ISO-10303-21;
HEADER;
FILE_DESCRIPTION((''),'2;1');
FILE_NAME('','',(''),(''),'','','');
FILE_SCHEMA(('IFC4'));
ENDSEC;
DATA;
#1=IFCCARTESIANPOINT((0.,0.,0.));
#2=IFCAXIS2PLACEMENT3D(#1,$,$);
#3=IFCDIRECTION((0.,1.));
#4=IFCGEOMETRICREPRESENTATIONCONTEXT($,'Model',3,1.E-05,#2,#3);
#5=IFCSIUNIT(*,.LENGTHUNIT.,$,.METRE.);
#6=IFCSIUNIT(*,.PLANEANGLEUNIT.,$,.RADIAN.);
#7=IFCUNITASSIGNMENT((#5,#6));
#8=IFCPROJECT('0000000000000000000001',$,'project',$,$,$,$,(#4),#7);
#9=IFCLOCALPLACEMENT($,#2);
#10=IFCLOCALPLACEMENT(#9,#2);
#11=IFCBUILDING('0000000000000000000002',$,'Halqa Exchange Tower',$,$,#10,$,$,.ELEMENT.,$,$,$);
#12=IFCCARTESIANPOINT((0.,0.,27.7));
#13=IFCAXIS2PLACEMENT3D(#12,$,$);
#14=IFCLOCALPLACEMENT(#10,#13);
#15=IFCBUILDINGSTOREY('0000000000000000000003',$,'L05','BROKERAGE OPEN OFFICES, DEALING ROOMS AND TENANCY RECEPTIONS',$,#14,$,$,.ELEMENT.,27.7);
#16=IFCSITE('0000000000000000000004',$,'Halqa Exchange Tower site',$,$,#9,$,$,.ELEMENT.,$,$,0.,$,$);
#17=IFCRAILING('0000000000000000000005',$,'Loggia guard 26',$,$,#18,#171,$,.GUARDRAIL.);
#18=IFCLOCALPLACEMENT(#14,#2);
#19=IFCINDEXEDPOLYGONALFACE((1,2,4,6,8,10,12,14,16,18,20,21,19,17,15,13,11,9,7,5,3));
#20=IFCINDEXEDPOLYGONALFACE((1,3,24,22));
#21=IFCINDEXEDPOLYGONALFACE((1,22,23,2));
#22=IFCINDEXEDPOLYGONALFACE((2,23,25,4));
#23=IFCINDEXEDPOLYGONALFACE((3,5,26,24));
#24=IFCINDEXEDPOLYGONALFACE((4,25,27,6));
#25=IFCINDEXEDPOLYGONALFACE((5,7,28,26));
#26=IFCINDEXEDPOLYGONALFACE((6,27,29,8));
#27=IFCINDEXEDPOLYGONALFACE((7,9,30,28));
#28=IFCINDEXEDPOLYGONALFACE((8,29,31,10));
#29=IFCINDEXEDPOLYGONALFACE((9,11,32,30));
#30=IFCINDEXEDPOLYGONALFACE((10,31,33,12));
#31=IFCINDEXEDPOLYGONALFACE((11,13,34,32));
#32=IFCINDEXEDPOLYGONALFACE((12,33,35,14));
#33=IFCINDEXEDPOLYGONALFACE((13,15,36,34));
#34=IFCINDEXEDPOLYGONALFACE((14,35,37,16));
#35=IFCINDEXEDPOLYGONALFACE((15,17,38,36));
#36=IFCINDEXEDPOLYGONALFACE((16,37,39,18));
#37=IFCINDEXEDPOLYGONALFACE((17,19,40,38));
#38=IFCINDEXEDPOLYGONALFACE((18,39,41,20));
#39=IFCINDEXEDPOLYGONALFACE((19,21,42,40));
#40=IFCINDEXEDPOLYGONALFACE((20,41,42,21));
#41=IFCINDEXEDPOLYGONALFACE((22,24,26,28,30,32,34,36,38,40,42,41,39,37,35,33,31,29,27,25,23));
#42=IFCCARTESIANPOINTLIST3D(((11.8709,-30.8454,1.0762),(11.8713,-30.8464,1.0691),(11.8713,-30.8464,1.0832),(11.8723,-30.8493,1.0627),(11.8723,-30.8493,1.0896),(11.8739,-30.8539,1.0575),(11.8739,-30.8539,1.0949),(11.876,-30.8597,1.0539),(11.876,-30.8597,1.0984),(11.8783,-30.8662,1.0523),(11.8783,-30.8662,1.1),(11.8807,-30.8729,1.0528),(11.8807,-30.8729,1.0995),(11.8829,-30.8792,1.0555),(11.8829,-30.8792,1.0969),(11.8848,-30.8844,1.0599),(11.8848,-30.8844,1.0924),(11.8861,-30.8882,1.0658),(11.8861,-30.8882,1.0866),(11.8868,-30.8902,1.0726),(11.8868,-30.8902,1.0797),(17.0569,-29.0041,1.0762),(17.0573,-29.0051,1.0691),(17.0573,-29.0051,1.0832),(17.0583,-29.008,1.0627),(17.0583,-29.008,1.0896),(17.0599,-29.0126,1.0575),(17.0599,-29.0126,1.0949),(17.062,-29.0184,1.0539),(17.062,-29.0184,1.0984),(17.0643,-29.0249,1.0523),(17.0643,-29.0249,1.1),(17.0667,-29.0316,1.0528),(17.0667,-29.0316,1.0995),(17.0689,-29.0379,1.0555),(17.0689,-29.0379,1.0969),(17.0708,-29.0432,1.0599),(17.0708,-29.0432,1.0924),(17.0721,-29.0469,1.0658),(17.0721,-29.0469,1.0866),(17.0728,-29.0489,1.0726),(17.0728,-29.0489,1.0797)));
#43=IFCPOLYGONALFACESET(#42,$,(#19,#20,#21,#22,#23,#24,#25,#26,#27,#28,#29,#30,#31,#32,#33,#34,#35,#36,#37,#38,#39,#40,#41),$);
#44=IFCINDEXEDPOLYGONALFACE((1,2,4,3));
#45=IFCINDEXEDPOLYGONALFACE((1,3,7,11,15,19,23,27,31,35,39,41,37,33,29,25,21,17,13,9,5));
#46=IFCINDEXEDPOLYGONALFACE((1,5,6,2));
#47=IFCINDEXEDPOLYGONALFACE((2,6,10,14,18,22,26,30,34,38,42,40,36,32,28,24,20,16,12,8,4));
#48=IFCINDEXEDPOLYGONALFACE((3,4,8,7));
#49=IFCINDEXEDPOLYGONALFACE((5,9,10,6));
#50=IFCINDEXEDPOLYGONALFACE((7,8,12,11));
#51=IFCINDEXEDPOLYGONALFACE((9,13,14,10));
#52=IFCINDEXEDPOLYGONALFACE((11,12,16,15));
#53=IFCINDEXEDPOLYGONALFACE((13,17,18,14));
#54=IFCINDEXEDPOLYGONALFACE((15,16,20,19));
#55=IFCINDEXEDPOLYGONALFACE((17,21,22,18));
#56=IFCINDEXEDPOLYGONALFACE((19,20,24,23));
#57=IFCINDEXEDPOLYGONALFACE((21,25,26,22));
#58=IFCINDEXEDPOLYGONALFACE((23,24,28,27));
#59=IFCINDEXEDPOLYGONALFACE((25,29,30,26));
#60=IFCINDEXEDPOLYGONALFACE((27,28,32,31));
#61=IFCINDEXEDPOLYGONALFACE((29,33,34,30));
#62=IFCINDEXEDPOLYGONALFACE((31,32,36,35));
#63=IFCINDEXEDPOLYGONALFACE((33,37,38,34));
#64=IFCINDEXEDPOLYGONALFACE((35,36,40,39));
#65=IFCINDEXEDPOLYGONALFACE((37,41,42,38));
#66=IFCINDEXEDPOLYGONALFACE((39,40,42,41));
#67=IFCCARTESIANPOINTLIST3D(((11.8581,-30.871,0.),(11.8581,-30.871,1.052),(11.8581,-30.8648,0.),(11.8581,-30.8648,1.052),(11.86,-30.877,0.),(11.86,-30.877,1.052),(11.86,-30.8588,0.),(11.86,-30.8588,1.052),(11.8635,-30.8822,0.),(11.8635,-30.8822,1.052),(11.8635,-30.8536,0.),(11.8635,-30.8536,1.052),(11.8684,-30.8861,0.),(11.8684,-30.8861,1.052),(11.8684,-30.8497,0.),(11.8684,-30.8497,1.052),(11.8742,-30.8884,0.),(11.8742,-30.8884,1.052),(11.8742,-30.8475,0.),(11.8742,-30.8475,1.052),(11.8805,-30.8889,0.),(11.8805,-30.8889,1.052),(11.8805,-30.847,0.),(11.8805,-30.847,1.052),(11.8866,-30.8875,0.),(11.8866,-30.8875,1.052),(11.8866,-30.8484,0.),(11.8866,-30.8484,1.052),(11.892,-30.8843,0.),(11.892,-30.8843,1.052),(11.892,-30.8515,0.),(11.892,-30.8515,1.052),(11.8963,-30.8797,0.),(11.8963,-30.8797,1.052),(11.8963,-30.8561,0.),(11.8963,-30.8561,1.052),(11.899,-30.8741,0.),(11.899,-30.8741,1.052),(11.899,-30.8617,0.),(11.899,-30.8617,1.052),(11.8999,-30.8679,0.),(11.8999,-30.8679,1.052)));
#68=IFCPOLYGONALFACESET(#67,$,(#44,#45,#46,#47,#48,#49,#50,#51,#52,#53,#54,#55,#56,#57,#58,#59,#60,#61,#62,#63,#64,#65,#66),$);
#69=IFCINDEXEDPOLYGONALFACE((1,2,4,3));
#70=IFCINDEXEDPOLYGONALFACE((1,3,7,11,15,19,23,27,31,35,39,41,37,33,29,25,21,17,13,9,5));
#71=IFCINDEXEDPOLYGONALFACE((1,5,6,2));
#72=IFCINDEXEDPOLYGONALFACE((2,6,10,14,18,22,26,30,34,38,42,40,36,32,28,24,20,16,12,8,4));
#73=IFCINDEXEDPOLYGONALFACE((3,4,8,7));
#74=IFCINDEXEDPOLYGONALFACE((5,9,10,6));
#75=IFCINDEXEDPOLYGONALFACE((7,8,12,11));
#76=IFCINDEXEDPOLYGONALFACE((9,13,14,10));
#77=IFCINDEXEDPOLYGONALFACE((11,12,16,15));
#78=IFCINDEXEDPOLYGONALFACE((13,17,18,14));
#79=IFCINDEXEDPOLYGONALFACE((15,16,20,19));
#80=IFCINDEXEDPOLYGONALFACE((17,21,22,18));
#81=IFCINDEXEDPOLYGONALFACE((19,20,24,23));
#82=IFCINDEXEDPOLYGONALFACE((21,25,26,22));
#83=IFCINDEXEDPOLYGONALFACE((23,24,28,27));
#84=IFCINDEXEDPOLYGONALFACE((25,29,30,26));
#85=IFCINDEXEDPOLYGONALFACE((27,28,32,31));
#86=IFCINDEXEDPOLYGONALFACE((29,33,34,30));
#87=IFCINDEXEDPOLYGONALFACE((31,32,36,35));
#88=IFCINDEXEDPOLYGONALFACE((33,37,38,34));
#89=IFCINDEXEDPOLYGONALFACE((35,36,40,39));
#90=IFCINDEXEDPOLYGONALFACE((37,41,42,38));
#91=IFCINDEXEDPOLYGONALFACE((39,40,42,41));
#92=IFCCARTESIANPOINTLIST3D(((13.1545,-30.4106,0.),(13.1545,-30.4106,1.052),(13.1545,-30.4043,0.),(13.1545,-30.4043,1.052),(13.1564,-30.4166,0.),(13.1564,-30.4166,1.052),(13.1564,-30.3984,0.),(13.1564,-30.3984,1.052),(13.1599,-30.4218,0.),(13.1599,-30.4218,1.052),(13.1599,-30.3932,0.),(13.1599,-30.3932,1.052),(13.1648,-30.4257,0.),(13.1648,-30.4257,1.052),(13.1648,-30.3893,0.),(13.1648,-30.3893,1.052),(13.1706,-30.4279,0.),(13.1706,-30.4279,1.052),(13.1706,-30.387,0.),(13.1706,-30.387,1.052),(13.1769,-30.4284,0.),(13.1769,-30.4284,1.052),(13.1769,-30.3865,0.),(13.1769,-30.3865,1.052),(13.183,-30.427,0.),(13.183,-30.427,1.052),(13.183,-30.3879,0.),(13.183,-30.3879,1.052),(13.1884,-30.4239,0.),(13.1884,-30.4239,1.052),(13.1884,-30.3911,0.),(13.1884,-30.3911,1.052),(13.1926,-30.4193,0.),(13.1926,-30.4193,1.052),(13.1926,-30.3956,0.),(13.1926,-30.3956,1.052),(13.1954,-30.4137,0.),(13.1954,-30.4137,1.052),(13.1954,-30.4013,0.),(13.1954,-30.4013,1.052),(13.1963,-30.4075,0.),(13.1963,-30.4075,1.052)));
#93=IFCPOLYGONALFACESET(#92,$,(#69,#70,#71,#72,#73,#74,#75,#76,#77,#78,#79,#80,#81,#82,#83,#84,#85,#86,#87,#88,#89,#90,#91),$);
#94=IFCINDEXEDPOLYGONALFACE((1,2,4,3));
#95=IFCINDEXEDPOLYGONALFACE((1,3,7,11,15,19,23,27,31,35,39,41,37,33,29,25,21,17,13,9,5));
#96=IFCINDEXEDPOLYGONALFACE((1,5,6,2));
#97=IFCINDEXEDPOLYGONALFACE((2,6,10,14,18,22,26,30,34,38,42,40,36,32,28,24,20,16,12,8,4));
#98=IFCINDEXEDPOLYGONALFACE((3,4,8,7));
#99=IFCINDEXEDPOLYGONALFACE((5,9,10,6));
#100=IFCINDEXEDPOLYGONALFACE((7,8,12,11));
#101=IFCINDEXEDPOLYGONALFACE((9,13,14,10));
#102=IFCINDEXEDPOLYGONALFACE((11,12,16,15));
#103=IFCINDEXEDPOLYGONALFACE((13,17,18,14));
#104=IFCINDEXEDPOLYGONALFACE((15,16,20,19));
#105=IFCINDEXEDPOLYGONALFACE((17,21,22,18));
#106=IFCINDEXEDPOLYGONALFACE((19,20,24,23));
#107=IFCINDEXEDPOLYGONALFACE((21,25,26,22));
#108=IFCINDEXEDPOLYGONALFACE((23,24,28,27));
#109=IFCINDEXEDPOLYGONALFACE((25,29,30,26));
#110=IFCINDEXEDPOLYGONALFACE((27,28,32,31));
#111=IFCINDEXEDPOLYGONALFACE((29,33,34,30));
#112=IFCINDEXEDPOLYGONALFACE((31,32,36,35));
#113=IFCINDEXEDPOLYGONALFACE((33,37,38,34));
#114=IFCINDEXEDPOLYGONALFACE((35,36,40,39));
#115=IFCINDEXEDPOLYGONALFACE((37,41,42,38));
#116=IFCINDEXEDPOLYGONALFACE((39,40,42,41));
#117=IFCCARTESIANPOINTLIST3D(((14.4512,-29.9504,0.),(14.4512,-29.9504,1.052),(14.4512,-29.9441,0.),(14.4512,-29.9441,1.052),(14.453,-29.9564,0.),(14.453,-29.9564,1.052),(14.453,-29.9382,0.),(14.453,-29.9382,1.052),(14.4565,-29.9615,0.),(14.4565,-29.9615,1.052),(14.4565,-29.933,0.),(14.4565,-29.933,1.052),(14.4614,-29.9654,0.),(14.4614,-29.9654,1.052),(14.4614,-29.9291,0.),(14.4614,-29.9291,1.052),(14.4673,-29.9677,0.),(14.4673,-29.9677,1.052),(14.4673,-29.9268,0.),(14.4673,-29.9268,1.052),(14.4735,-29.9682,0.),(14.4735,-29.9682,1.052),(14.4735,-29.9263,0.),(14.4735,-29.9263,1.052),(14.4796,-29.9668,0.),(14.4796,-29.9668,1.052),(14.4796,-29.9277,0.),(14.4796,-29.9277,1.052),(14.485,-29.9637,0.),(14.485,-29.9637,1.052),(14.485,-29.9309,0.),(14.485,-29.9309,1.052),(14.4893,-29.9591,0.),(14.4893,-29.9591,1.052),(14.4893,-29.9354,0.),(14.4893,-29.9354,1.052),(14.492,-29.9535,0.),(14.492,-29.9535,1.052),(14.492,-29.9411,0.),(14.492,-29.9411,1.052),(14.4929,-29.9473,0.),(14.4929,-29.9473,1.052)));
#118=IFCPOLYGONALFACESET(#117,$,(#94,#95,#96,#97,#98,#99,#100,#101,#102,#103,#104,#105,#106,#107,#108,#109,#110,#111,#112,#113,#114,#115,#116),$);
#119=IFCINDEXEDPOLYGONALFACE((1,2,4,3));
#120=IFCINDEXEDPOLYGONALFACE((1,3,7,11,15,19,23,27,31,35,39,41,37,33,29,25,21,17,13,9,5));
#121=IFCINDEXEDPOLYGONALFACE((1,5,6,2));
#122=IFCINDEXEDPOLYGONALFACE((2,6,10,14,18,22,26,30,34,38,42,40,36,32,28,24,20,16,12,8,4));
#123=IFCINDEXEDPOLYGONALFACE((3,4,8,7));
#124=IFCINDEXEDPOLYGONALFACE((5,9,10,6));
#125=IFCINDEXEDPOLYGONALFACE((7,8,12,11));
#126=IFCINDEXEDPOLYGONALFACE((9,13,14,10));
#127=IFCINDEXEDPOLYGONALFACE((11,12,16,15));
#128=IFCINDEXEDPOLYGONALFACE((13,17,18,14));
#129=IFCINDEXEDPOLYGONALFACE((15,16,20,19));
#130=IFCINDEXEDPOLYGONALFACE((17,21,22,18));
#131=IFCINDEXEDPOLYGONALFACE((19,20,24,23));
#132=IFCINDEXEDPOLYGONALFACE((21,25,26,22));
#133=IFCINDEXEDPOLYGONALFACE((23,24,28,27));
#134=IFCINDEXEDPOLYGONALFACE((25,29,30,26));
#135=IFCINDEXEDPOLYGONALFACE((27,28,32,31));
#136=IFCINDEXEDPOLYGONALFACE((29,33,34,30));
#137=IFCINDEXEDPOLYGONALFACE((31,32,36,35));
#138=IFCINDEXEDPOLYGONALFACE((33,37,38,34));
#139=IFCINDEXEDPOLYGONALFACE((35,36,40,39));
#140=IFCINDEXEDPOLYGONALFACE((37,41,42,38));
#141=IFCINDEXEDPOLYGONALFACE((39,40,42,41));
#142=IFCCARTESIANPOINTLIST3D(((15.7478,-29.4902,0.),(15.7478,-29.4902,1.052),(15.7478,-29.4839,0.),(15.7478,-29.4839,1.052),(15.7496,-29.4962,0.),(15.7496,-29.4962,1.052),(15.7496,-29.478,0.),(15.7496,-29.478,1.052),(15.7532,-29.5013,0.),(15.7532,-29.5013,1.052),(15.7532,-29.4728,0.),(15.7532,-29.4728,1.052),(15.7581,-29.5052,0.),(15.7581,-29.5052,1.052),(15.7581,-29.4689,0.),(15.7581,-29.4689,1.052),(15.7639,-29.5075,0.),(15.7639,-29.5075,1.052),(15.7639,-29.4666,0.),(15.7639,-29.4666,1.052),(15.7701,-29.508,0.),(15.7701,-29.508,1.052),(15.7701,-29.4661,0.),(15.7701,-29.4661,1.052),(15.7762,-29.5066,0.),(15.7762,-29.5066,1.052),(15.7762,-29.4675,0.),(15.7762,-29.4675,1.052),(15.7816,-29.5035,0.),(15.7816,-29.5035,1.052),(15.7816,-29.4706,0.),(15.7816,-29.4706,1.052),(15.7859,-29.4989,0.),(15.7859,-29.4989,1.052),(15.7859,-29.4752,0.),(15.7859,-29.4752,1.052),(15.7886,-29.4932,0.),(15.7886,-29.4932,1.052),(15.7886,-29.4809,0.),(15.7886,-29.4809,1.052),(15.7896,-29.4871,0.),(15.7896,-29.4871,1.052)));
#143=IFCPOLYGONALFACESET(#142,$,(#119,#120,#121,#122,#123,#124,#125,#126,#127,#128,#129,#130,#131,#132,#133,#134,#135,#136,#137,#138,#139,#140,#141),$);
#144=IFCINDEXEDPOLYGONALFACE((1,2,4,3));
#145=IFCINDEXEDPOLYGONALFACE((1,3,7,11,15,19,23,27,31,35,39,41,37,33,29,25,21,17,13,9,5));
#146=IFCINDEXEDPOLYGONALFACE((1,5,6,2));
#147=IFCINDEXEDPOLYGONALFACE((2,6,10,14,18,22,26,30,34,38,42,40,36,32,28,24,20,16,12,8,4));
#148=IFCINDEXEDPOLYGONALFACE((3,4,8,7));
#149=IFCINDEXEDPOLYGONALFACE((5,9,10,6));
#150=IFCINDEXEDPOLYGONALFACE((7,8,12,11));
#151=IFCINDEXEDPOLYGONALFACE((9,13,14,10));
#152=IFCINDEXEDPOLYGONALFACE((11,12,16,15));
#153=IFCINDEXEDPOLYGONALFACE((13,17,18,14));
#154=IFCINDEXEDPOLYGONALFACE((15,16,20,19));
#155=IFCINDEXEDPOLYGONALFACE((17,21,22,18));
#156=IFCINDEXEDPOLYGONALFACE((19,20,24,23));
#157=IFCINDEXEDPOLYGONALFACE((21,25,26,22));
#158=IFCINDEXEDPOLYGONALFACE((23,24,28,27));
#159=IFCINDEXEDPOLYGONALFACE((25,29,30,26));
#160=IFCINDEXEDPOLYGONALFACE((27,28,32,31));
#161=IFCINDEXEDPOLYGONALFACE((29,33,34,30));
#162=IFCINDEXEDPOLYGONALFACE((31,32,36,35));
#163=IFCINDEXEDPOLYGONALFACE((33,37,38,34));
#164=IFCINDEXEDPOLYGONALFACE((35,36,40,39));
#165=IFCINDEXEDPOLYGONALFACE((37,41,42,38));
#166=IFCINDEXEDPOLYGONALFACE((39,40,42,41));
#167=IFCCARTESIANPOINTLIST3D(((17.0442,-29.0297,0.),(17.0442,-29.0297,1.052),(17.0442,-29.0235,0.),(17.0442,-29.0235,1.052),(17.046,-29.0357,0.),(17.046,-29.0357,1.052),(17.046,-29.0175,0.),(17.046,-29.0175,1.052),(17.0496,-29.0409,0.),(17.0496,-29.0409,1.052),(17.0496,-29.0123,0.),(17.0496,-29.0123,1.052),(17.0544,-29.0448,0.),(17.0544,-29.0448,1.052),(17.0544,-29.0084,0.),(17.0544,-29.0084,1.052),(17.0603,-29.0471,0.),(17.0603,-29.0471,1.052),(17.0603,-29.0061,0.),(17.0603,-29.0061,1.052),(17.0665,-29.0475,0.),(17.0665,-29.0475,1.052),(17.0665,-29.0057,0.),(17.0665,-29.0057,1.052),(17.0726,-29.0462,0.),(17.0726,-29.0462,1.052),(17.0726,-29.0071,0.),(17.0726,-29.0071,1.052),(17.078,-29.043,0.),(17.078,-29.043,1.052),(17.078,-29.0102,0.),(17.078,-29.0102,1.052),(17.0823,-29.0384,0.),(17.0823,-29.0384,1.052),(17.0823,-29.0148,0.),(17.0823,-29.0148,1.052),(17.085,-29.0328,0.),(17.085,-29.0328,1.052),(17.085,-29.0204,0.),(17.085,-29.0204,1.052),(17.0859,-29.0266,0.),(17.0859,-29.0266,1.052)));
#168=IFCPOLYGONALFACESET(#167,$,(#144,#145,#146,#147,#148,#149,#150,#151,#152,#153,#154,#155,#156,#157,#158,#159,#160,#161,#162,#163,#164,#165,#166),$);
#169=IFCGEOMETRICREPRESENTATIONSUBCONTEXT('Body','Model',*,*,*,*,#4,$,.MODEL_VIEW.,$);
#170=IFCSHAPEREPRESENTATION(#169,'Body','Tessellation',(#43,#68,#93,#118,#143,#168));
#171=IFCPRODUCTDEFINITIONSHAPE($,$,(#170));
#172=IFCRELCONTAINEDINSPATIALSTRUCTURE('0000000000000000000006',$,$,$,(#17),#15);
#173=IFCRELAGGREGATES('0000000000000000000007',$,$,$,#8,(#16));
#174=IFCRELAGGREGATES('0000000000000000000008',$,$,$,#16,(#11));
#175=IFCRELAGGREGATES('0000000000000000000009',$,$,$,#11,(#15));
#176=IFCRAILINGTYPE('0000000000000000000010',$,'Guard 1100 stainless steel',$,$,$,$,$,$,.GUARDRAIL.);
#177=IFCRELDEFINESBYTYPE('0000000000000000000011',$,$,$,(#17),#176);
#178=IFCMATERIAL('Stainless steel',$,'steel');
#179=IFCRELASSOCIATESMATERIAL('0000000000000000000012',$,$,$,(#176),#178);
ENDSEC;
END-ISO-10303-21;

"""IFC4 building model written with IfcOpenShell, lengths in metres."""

from ifc_helpers import new_model, si_unit, direction, frame, origin, origin_2d, place, context, subcontext, project, spatial, circle, extrude, material, type_object, element, save


model = new_model("IFC4")

# Units and contexts
model_context = context("Model", 3, precision=1e-05, world=origin(), true_north=direction((0.0, 1.0)))
body_context = subcontext(model_context, "Body", "Model", "MODEL_VIEW")
ifc_project = project(units=[si_unit("LENGTHUNIT", "METRE"), si_unit("PLANEANGLEUNIT", "RADIAN")], contexts=[model_context])

# Site, building, storey
site_placement = place(None, origin())
site = spatial("IfcSite", under=ifc_project, at=site_placement, Name="Halqa Exchange Tower site", CompositionType="ELEMENT", RefElevation=0.0)
building_placement = place(site_placement, origin())
building = spatial("IfcBuilding", under=site, at=building_placement, Name="Halqa Exchange Tower", CompositionType="ELEMENT")
storey_placement = place(building_placement, frame((0.0, 0.0, 27.7)))
storey = spatial("IfcBuildingStorey", under=building, at=storey_placement, Name="L05", Description="BROKERAGE OPEN OFFICES, DEALING ROOMS AND TENANCY RECEPTIONS", CompositionType="ELEMENT", Elevation=27.7)

# Railing
ifc_material_1 = material(Name="Stainless steel", Category="steel")
railing_type = type_object("IfcRailingType", Name="Guard 1100 stainless steel", PredefinedType="GUARDRAIL", material=ifc_material_1)
railing_1_placement = place(storey_placement, frame((11.8789, -30.8679, 0.0)))
element("IfcRailing", 1, at=railing_1_placement, inside=storey, type_object=railing_type, Name="Loggia guard 26", PredefinedType="GUARDRAIL", context=body_context, shape_type="SweptSolid", body=[
    extrude(circle(Radius=0.0239, at=origin_2d()), frame((0.0, 0.0, 1.0762), z_axis=(0.942365, 0.334588, 0.0), x_axis=(-0.334588, 0.942365, 0.0)), (0.0, 0.0, 1.0), 5.5032),
    extrude(circle(Radius=0.021, at=origin_2d()), origin(), (0.0, 0.0, 1.0), 1.052),
    extrude(circle(Radius=0.021, at=origin_2d()), frame((1.2964, 0.4604, 0.0)), (0.0, 0.0, 1.0), 1.052),
    extrude(circle(Radius=0.021, at=origin_2d()), frame((2.593, 0.9207, 0.0)), (0.0, 0.0, 1.0), 1.052),
    extrude(circle(Radius=0.021, at=origin_2d()), frame((3.8896, 1.3809, 0.0)), (0.0, 0.0, 1.0), 1.052),
    extrude(circle(Radius=0.021, at=origin_2d()), frame((5.186, 1.8413, 0.0)), (0.0, 0.0, 1.0), 1.052),
])

save(model, "model.ifc")
